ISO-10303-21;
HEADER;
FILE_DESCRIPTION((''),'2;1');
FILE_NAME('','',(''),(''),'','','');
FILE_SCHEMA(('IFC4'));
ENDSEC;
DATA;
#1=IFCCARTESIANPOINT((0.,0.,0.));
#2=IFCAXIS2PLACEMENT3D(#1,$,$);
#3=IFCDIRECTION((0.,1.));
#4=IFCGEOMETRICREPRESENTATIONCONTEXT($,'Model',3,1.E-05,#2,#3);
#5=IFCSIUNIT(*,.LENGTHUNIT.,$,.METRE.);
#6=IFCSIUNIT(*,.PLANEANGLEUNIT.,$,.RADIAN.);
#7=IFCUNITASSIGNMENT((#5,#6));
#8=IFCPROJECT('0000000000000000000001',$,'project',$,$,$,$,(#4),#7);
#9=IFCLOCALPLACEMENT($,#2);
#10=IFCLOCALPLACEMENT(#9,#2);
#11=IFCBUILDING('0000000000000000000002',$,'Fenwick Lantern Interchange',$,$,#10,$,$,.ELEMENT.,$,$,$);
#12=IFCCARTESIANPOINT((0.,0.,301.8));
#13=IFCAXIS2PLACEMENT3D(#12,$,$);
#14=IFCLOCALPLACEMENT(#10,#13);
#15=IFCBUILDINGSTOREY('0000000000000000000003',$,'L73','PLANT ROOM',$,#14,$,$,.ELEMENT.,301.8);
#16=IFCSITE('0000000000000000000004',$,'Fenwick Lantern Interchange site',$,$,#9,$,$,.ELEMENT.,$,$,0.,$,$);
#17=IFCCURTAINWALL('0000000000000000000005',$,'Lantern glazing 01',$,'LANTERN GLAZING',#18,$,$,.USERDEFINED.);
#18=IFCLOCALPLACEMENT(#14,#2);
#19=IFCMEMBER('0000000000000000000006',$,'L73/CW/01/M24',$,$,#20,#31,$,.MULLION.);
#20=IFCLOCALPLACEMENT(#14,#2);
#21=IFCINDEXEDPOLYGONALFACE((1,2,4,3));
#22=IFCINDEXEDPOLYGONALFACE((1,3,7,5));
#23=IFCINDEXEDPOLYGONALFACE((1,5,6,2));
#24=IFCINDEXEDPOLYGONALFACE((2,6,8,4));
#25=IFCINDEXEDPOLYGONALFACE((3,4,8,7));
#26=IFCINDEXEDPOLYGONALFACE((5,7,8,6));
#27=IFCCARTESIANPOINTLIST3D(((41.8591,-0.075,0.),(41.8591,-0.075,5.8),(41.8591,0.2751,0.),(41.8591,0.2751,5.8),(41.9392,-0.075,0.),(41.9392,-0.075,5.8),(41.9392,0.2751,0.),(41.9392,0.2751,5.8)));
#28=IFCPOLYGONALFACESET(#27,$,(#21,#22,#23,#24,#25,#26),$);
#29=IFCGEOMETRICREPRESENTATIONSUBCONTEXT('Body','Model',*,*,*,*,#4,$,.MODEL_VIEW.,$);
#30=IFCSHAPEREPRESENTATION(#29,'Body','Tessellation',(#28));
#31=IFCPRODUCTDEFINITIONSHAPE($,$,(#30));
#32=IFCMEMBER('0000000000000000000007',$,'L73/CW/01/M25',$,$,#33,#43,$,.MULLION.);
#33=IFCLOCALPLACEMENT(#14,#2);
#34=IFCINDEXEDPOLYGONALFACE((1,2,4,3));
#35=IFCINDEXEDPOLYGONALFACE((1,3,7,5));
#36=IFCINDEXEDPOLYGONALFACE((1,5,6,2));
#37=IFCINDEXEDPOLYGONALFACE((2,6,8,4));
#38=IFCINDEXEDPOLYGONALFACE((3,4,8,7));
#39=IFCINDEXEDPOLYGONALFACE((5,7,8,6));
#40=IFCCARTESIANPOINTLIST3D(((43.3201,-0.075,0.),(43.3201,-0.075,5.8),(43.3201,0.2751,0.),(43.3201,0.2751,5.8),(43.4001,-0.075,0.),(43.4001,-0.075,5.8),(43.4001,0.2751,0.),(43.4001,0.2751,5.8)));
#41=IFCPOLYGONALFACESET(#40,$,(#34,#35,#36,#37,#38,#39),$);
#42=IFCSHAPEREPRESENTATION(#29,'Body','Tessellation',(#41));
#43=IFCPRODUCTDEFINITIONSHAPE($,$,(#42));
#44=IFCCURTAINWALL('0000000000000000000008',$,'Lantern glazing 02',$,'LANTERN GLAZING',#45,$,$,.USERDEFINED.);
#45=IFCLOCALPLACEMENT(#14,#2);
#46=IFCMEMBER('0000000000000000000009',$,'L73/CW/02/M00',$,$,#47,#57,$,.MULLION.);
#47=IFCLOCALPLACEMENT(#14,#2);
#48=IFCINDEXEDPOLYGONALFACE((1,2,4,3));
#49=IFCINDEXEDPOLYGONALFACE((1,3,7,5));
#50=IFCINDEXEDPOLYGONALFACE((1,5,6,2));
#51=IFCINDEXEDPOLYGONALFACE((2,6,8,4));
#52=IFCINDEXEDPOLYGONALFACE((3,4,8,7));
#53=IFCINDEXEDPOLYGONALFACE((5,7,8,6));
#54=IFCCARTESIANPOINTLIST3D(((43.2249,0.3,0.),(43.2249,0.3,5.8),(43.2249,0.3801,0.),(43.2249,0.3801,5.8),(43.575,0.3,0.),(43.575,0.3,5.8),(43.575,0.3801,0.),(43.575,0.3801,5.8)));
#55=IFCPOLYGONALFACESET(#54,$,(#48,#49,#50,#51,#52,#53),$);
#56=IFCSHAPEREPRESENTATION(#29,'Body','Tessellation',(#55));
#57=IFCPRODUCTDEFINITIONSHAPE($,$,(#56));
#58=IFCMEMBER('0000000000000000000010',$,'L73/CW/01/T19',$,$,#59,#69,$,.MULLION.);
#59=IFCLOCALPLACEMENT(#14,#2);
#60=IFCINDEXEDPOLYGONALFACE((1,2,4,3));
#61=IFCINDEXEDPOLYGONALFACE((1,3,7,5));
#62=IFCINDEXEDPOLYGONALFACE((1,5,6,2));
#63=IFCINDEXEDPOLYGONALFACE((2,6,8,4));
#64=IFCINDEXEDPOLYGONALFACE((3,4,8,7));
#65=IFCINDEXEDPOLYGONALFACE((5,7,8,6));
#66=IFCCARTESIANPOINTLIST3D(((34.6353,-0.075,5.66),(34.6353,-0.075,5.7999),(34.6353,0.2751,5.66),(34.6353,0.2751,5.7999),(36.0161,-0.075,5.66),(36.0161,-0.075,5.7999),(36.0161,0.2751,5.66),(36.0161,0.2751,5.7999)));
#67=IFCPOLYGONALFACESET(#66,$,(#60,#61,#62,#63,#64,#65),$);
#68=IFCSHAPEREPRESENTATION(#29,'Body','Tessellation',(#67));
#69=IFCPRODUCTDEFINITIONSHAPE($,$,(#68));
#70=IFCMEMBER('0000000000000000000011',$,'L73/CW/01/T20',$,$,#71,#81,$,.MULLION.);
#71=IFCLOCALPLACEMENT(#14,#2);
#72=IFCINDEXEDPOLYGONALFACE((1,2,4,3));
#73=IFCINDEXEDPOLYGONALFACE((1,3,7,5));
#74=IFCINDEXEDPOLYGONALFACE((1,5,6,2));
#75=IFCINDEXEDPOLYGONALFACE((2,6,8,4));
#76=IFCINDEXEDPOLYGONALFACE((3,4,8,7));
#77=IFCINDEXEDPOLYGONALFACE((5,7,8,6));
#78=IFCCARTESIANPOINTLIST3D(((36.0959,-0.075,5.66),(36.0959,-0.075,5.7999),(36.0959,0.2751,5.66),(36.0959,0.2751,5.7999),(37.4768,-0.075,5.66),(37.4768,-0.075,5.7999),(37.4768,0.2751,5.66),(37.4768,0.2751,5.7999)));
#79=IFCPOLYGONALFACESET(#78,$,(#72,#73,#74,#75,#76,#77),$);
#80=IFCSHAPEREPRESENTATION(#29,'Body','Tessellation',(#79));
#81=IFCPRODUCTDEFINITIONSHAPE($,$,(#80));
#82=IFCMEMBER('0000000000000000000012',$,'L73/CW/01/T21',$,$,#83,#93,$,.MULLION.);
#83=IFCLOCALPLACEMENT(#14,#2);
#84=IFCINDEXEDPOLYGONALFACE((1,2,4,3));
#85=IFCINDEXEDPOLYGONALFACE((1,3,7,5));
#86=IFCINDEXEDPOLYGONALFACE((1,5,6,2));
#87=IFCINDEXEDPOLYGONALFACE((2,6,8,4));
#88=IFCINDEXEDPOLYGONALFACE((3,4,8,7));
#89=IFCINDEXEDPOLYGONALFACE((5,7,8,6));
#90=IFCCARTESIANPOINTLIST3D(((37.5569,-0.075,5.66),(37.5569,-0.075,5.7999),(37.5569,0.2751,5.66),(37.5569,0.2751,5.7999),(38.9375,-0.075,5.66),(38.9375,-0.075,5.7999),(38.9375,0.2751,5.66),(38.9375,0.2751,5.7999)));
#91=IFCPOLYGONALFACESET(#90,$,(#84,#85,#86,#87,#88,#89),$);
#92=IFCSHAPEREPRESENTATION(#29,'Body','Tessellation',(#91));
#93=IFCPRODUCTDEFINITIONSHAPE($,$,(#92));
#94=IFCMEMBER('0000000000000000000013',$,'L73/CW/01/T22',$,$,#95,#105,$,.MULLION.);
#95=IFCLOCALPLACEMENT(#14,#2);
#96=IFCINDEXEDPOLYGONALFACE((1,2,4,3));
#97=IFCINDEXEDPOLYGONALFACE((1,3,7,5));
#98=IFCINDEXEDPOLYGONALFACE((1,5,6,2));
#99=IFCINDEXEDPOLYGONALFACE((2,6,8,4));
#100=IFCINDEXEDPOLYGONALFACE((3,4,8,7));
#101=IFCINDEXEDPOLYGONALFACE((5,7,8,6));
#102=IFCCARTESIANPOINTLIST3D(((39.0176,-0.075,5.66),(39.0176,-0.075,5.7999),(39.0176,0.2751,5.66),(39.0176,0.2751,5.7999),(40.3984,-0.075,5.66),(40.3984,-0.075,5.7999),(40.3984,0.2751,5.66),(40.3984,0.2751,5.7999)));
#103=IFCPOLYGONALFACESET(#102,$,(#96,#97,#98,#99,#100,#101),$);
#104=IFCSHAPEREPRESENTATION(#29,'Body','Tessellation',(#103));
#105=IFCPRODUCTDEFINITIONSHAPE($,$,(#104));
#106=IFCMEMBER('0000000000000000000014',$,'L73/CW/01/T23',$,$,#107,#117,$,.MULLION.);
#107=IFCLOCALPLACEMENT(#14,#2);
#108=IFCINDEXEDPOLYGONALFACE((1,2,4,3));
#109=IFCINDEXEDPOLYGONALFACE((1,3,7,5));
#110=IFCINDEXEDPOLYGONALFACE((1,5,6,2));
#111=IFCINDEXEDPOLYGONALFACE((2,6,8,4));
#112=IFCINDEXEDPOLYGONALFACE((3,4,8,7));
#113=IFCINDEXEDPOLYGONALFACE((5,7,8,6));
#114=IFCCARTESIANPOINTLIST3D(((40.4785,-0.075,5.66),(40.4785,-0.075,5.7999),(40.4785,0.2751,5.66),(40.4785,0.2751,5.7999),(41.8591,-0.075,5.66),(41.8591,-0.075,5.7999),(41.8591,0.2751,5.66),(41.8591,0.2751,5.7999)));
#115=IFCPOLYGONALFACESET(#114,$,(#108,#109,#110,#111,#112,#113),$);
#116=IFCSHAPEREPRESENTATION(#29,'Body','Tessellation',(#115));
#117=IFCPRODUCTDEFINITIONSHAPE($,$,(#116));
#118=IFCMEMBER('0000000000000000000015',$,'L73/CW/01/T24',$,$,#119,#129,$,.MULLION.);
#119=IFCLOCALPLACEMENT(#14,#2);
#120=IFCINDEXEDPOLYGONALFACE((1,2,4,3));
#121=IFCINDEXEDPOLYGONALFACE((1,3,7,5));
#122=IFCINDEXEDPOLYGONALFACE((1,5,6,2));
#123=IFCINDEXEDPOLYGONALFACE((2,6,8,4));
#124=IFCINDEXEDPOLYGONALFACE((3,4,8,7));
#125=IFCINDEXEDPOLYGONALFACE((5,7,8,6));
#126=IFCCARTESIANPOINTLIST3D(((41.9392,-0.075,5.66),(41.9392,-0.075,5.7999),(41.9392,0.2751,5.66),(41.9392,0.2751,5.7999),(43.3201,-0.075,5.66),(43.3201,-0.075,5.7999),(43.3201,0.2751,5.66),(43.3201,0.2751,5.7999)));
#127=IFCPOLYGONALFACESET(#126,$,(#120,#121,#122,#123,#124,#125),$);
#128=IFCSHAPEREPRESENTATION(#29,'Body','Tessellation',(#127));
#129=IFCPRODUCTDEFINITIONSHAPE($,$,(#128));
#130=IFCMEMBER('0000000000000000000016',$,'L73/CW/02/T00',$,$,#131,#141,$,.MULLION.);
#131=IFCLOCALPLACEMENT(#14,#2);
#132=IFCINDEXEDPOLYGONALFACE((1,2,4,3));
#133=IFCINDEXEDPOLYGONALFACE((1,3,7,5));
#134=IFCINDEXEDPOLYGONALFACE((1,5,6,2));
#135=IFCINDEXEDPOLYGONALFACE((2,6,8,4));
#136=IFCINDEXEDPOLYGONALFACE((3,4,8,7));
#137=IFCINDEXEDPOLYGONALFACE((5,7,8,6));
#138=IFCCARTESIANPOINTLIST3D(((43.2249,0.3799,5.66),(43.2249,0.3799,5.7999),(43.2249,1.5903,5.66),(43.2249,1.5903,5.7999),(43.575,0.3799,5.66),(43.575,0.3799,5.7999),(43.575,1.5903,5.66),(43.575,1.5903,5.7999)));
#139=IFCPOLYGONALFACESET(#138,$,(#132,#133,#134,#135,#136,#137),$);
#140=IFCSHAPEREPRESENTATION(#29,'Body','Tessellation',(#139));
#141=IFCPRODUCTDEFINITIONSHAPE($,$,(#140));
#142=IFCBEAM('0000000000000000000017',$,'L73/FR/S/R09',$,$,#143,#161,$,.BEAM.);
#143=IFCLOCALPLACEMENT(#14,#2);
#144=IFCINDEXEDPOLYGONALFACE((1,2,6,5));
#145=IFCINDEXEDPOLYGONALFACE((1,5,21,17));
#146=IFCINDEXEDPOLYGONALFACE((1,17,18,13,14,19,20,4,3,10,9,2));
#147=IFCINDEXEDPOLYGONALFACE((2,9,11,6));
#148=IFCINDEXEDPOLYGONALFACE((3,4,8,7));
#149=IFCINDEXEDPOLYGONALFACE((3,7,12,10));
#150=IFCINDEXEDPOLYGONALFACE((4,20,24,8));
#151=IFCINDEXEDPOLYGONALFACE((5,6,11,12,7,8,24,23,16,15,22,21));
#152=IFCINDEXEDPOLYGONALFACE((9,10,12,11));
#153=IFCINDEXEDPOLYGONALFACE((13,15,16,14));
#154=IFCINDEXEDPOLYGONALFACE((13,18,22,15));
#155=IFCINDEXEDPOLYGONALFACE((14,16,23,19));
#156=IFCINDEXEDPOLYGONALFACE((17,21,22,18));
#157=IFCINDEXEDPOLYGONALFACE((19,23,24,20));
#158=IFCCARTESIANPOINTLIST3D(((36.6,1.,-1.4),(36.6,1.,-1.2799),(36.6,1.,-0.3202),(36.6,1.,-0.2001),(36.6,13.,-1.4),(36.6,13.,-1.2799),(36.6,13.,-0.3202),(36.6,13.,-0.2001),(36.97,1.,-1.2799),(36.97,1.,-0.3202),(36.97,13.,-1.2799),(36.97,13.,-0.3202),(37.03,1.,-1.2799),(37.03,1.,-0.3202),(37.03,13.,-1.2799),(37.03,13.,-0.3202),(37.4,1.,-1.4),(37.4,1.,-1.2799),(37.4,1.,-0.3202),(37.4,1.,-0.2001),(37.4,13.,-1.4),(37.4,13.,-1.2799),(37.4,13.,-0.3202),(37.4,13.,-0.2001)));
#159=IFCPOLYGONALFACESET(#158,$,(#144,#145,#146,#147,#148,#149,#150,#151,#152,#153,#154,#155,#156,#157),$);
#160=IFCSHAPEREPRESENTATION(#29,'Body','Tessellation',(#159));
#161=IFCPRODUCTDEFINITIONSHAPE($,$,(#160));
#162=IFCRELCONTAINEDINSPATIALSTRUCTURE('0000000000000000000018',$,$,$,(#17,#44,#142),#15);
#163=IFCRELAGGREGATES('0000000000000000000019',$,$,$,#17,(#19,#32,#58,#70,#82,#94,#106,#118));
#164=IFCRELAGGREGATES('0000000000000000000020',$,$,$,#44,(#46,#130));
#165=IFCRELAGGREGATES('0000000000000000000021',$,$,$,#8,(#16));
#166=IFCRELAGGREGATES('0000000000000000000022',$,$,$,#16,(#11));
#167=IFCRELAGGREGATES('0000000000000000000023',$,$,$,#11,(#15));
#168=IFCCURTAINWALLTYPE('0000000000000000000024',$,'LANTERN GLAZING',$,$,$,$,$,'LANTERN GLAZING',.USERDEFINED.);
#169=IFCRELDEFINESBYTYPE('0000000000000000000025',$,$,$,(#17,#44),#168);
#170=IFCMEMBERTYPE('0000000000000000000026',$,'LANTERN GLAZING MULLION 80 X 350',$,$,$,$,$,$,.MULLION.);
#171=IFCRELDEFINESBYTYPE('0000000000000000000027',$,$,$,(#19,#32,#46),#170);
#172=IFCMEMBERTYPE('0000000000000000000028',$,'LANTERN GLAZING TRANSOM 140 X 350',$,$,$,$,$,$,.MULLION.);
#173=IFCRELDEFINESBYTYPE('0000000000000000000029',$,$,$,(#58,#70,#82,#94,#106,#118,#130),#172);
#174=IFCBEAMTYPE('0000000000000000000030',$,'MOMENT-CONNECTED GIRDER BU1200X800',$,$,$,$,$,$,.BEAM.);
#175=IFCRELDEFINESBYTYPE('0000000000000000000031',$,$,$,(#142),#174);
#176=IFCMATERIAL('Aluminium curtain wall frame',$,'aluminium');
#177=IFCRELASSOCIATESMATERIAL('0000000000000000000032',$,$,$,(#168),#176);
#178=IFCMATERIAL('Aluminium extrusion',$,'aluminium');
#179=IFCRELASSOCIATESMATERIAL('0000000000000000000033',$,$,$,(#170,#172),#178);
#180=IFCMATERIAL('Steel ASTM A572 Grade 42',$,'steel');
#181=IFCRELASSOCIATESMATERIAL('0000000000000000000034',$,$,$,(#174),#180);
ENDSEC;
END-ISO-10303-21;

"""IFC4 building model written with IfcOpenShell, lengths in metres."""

from ifc_helpers import new_model, si_unit, direction, frame, origin, origin_2d, place, context, subcontext, project, spatial, rectangle, i_section, extrude, material, material_profile, profile_set, type_object, element, aggregate, save


model = new_model("IFC4")

# Units and contexts
model_context = context("Model", 3, precision=1e-05, world=origin(), true_north=direction((0.0, 1.0)))
body_context = subcontext(model_context, "Body", "Model", "MODEL_VIEW")
ifc_project = project(units=[si_unit("LENGTHUNIT", "METRE"), si_unit("PLANEANGLEUNIT", "RADIAN")], contexts=[model_context])

# Site, building, storey
site_placement = place(None, origin())
site = spatial("IfcSite", under=ifc_project, at=site_placement, Name="Fenwick Lantern Interchange site", CompositionType="ELEMENT", RefElevation=0.0)
building_placement = place(site_placement, origin())
building = spatial("IfcBuilding", under=site, at=building_placement, Name="Fenwick Lantern Interchange", CompositionType="ELEMENT")
storey_placement = place(building_placement, frame((0.0, 0.0, 301.8)))
storey = spatial("IfcBuildingStorey", under=building, at=storey_placement, Name="L73", Description="PLANT ROOM", CompositionType="ELEMENT", Elevation=301.8)

# Curtain wall, members
ifc_material_1 = material(Name="Aluminium curtain wall frame", Category="aluminium")
curtain_wall_type = type_object("IfcCurtainWallType", Name="LANTERN GLAZING", ElementType="LANTERN GLAZING", PredefinedType="USERDEFINED", material=ifc_material_1)
curtain_wall_1_placement = place(storey_placement, origin())
curtain_wall_1 = element("IfcCurtainWall", 1, at=curtain_wall_1_placement, inside=storey, type_object=curtain_wall_type, Name="Lantern glazing 01", ObjectType="LANTERN GLAZING", PredefinedType="USERDEFINED")
ifc_material_2 = material(Name="Aluminium extrusion", Category="aluminium")
ifc_material_profile_1 = material_profile(ifc_material_2, rectangle(XDim=0.3501, YDim=0.0801, at=origin_2d()), Name="LANTERN GLAZING MULLION 80 X 350")
ifc_profile_set_1 = profile_set([ifc_material_profile_1], Name="Aluminium extrusion")
member_type_1 = type_object("IfcMemberType", Name="LANTERN GLAZING MULLION 80 X 350", PredefinedType="MULLION", material=ifc_profile_set_1)
member_1_placement = place(storey_placement, frame((41.8992, 0.1001, 0.0), z_axis=(0.0, 0.0, 1.0), x_axis=(0.0, 1.0, 0.0)))
member_1 = element("IfcMember", 2, at=member_1_placement, type_object=member_type_1, Name="L73/CW/01/M24", PredefinedType="MULLION", context=body_context, shape_type="SweptSolid", body=[
    extrude(rectangle(XDim=0.3501, YDim=0.0801, at=origin_2d()), origin(), (0.0, 0.0, 1.0), 5.8),
])
member_2_placement = place(storey_placement, frame((43.3601, 0.1001, 0.0), z_axis=(0.0, 0.0, 1.0), x_axis=(0.0, 1.0, 0.0)))
member_2 = element("IfcMember", 3, at=member_2_placement, type_object=member_type_1, Name="L73/CW/01/M25", PredefinedType="MULLION", context=body_context, shape_type="SweptSolid", body=[
    extrude(rectangle(XDim=0.3501, YDim=0.0801, at=origin_2d()), origin(), (0.0, 0.0, 1.0), 5.8),
])

# Curtain wall, member
curtain_wall_2_placement = place(storey_placement, origin())
curtain_wall_2 = element("IfcCurtainWall", 4, at=curtain_wall_2_placement, inside=storey, type_object=curtain_wall_type, Name="Lantern glazing 02", ObjectType="LANTERN GLAZING", PredefinedType="USERDEFINED")
member_3_placement = place(storey_placement, frame((43.3999, 0.3401, 0.0), z_axis=(0.0, 0.0, 1.0), x_axis=(-1.0, 0.0, 0.0)))
member_3 = element("IfcMember", 5, at=member_3_placement, type_object=member_type_1, Name="L73/CW/02/M00", PredefinedType="MULLION", context=body_context, shape_type="SweptSolid", body=[
    extrude(rectangle(XDim=0.3501, YDim=0.0801, at=origin_2d()), origin(), (0.0, 0.0, 1.0), 5.8),
])

# Members
ifc_material_profile_2 = material_profile(ifc_material_2, rectangle(XDim=0.3501, YDim=0.1399, at=origin_2d()), Name="LANTERN GLAZING TRANSOM 140 X 350")
ifc_profile_set_2 = profile_set([ifc_material_profile_2], Name="Aluminium extrusion")
member_type_2 = type_object("IfcMemberType", Name="LANTERN GLAZING TRANSOM 140 X 350", PredefinedType="MULLION", material=ifc_profile_set_2)
member_4_placement = place(storey_placement, frame((34.6353, 0.1001, 5.73), z_axis=(1.0, 0.0, 0.0), x_axis=(0.0, 1.0, 0.0)))
member_4 = element("IfcMember", 6, at=member_4_placement, type_object=member_type_2, Name="L73/CW/01/T19", PredefinedType="MULLION", context=body_context, shape_type="SweptSolid", body=[
    extrude(rectangle(XDim=0.3501, YDim=0.1399, at=origin_2d()), origin(), (0.0, 0.0, 1.0), 1.3809),
])
member_5_placement = place(storey_placement, frame((36.0959, 0.1001, 5.73), z_axis=(1.0, 0.0, 0.0), x_axis=(0.0, 1.0, 0.0)))
member_5 = element("IfcMember", 7, at=member_5_placement, type_object=member_type_2, Name="L73/CW/01/T20", PredefinedType="MULLION", context=body_context, shape_type="SweptSolid", body=[
    extrude(rectangle(XDim=0.3501, YDim=0.1399, at=origin_2d()), origin(), (0.0, 0.0, 1.0), 1.3809),
])
member_6_placement = place(storey_placement, frame((37.5569, 0.1001, 5.73), z_axis=(1.0, 0.0, 0.0), x_axis=(0.0, 1.0, 0.0)))
member_6 = element("IfcMember", 8, at=member_6_placement, type_object=member_type_2, Name="L73/CW/01/T21", PredefinedType="MULLION", context=body_context, shape_type="SweptSolid", body=[
    extrude(rectangle(XDim=0.3501, YDim=0.1399, at=origin_2d()), origin(), (0.0, 0.0, 1.0), 1.3806),
])
member_7_placement = place(storey_placement, frame((39.0176, 0.1001, 5.73), z_axis=(1.0, 0.0, 0.0), x_axis=(0.0, 1.0, 0.0)))
member_7 = element("IfcMember", 9, at=member_7_placement, type_object=member_type_2, Name="L73/CW/01/T22", PredefinedType="MULLION", context=body_context, shape_type="SweptSolid", body=[
    extrude(rectangle(XDim=0.3501, YDim=0.1399, at=origin_2d()), origin(), (0.0, 0.0, 1.0), 1.3809),
])
member_8_placement = place(storey_placement, frame((40.4785, 0.1001, 5.73), z_axis=(1.0, 0.0, 0.0), x_axis=(0.0, 1.0, 0.0)))
member_8 = element("IfcMember", 10, at=member_8_placement, type_object=member_type_2, Name="L73/CW/01/T23", PredefinedType="MULLION", context=body_context, shape_type="SweptSolid", body=[
    extrude(rectangle(XDim=0.3501, YDim=0.1399, at=origin_2d()), origin(), (0.0, 0.0, 1.0), 1.3806),
])
member_9_placement = place(storey_placement, frame((41.9392, 0.1001, 5.73), z_axis=(1.0, 0.0, 0.0), x_axis=(0.0, 1.0, 0.0)))
member_9 = element("IfcMember", 11, at=member_9_placement, type_object=member_type_2, Name="L73/CW/01/T24", PredefinedType="MULLION", context=body_context, shape_type="SweptSolid", body=[
    extrude(rectangle(XDim=0.3501, YDim=0.1399, at=origin_2d()), origin(), (0.0, 0.0, 1.0), 1.3809),
])
aggregate(curtain_wall_1, [member_1, member_2, member_4, member_5, member_6, member_7, member_8, member_9])
member_10_placement = place(storey_placement, frame((43.3999, 0.3799, 5.73), z_axis=(0.0, 1.0, 0.0), x_axis=(-1.0, 0.0, 0.0)))
member_10 = element("IfcMember", 12, at=member_10_placement, type_object=member_type_2, Name="L73/CW/02/T00", PredefinedType="MULLION", context=body_context, shape_type="SweptSolid", body=[
    extrude(rectangle(XDim=0.3501, YDim=0.1399, at=origin_2d()), origin(), (0.0, 0.0, 1.0), 1.2104),
])
aggregate(curtain_wall_2, [member_3, member_10])

# Beam
ifc_material_3 = material(Name="Steel ASTM A572 Grade 42", Category="steel")
ifc_material_profile_3 = material_profile(ifc_material_3, i_section(OverallWidth=0.8, OverallDepth=1.2, WebThickness=0.0601, FlangeThickness=0.1201, at=origin_2d()), Name="BU1200X800")
ifc_profile_set_3 = profile_set([ifc_material_profile_3], Name="Steel ASTM A572 Grade 42")
beam_type_1 = type_object("IfcBeamType", Name="MOMENT-CONNECTED GIRDER BU1200X800", PredefinedType="BEAM", material=ifc_profile_set_3)
beam_1_placement = place(storey_placement, frame((37.0, 1.0, -0.8), z_axis=(0.0, 1.0, 0.0), x_axis=(-1.0, 0.0, 0.0)))
element("IfcBeam", 13, at=beam_1_placement, inside=storey, type_object=beam_type_1, Name="L73/FR/S/R09", PredefinedType="BEAM", context=body_context, shape_type="SweptSolid", body=[
    extrude(i_section(OverallWidth=0.8, OverallDepth=1.2, WebThickness=0.0601, FlangeThickness=0.1201, at=origin_2d()), origin(), (0.0, 0.0, 1.0), 12.0),
])

save(model, "model.ifc")
